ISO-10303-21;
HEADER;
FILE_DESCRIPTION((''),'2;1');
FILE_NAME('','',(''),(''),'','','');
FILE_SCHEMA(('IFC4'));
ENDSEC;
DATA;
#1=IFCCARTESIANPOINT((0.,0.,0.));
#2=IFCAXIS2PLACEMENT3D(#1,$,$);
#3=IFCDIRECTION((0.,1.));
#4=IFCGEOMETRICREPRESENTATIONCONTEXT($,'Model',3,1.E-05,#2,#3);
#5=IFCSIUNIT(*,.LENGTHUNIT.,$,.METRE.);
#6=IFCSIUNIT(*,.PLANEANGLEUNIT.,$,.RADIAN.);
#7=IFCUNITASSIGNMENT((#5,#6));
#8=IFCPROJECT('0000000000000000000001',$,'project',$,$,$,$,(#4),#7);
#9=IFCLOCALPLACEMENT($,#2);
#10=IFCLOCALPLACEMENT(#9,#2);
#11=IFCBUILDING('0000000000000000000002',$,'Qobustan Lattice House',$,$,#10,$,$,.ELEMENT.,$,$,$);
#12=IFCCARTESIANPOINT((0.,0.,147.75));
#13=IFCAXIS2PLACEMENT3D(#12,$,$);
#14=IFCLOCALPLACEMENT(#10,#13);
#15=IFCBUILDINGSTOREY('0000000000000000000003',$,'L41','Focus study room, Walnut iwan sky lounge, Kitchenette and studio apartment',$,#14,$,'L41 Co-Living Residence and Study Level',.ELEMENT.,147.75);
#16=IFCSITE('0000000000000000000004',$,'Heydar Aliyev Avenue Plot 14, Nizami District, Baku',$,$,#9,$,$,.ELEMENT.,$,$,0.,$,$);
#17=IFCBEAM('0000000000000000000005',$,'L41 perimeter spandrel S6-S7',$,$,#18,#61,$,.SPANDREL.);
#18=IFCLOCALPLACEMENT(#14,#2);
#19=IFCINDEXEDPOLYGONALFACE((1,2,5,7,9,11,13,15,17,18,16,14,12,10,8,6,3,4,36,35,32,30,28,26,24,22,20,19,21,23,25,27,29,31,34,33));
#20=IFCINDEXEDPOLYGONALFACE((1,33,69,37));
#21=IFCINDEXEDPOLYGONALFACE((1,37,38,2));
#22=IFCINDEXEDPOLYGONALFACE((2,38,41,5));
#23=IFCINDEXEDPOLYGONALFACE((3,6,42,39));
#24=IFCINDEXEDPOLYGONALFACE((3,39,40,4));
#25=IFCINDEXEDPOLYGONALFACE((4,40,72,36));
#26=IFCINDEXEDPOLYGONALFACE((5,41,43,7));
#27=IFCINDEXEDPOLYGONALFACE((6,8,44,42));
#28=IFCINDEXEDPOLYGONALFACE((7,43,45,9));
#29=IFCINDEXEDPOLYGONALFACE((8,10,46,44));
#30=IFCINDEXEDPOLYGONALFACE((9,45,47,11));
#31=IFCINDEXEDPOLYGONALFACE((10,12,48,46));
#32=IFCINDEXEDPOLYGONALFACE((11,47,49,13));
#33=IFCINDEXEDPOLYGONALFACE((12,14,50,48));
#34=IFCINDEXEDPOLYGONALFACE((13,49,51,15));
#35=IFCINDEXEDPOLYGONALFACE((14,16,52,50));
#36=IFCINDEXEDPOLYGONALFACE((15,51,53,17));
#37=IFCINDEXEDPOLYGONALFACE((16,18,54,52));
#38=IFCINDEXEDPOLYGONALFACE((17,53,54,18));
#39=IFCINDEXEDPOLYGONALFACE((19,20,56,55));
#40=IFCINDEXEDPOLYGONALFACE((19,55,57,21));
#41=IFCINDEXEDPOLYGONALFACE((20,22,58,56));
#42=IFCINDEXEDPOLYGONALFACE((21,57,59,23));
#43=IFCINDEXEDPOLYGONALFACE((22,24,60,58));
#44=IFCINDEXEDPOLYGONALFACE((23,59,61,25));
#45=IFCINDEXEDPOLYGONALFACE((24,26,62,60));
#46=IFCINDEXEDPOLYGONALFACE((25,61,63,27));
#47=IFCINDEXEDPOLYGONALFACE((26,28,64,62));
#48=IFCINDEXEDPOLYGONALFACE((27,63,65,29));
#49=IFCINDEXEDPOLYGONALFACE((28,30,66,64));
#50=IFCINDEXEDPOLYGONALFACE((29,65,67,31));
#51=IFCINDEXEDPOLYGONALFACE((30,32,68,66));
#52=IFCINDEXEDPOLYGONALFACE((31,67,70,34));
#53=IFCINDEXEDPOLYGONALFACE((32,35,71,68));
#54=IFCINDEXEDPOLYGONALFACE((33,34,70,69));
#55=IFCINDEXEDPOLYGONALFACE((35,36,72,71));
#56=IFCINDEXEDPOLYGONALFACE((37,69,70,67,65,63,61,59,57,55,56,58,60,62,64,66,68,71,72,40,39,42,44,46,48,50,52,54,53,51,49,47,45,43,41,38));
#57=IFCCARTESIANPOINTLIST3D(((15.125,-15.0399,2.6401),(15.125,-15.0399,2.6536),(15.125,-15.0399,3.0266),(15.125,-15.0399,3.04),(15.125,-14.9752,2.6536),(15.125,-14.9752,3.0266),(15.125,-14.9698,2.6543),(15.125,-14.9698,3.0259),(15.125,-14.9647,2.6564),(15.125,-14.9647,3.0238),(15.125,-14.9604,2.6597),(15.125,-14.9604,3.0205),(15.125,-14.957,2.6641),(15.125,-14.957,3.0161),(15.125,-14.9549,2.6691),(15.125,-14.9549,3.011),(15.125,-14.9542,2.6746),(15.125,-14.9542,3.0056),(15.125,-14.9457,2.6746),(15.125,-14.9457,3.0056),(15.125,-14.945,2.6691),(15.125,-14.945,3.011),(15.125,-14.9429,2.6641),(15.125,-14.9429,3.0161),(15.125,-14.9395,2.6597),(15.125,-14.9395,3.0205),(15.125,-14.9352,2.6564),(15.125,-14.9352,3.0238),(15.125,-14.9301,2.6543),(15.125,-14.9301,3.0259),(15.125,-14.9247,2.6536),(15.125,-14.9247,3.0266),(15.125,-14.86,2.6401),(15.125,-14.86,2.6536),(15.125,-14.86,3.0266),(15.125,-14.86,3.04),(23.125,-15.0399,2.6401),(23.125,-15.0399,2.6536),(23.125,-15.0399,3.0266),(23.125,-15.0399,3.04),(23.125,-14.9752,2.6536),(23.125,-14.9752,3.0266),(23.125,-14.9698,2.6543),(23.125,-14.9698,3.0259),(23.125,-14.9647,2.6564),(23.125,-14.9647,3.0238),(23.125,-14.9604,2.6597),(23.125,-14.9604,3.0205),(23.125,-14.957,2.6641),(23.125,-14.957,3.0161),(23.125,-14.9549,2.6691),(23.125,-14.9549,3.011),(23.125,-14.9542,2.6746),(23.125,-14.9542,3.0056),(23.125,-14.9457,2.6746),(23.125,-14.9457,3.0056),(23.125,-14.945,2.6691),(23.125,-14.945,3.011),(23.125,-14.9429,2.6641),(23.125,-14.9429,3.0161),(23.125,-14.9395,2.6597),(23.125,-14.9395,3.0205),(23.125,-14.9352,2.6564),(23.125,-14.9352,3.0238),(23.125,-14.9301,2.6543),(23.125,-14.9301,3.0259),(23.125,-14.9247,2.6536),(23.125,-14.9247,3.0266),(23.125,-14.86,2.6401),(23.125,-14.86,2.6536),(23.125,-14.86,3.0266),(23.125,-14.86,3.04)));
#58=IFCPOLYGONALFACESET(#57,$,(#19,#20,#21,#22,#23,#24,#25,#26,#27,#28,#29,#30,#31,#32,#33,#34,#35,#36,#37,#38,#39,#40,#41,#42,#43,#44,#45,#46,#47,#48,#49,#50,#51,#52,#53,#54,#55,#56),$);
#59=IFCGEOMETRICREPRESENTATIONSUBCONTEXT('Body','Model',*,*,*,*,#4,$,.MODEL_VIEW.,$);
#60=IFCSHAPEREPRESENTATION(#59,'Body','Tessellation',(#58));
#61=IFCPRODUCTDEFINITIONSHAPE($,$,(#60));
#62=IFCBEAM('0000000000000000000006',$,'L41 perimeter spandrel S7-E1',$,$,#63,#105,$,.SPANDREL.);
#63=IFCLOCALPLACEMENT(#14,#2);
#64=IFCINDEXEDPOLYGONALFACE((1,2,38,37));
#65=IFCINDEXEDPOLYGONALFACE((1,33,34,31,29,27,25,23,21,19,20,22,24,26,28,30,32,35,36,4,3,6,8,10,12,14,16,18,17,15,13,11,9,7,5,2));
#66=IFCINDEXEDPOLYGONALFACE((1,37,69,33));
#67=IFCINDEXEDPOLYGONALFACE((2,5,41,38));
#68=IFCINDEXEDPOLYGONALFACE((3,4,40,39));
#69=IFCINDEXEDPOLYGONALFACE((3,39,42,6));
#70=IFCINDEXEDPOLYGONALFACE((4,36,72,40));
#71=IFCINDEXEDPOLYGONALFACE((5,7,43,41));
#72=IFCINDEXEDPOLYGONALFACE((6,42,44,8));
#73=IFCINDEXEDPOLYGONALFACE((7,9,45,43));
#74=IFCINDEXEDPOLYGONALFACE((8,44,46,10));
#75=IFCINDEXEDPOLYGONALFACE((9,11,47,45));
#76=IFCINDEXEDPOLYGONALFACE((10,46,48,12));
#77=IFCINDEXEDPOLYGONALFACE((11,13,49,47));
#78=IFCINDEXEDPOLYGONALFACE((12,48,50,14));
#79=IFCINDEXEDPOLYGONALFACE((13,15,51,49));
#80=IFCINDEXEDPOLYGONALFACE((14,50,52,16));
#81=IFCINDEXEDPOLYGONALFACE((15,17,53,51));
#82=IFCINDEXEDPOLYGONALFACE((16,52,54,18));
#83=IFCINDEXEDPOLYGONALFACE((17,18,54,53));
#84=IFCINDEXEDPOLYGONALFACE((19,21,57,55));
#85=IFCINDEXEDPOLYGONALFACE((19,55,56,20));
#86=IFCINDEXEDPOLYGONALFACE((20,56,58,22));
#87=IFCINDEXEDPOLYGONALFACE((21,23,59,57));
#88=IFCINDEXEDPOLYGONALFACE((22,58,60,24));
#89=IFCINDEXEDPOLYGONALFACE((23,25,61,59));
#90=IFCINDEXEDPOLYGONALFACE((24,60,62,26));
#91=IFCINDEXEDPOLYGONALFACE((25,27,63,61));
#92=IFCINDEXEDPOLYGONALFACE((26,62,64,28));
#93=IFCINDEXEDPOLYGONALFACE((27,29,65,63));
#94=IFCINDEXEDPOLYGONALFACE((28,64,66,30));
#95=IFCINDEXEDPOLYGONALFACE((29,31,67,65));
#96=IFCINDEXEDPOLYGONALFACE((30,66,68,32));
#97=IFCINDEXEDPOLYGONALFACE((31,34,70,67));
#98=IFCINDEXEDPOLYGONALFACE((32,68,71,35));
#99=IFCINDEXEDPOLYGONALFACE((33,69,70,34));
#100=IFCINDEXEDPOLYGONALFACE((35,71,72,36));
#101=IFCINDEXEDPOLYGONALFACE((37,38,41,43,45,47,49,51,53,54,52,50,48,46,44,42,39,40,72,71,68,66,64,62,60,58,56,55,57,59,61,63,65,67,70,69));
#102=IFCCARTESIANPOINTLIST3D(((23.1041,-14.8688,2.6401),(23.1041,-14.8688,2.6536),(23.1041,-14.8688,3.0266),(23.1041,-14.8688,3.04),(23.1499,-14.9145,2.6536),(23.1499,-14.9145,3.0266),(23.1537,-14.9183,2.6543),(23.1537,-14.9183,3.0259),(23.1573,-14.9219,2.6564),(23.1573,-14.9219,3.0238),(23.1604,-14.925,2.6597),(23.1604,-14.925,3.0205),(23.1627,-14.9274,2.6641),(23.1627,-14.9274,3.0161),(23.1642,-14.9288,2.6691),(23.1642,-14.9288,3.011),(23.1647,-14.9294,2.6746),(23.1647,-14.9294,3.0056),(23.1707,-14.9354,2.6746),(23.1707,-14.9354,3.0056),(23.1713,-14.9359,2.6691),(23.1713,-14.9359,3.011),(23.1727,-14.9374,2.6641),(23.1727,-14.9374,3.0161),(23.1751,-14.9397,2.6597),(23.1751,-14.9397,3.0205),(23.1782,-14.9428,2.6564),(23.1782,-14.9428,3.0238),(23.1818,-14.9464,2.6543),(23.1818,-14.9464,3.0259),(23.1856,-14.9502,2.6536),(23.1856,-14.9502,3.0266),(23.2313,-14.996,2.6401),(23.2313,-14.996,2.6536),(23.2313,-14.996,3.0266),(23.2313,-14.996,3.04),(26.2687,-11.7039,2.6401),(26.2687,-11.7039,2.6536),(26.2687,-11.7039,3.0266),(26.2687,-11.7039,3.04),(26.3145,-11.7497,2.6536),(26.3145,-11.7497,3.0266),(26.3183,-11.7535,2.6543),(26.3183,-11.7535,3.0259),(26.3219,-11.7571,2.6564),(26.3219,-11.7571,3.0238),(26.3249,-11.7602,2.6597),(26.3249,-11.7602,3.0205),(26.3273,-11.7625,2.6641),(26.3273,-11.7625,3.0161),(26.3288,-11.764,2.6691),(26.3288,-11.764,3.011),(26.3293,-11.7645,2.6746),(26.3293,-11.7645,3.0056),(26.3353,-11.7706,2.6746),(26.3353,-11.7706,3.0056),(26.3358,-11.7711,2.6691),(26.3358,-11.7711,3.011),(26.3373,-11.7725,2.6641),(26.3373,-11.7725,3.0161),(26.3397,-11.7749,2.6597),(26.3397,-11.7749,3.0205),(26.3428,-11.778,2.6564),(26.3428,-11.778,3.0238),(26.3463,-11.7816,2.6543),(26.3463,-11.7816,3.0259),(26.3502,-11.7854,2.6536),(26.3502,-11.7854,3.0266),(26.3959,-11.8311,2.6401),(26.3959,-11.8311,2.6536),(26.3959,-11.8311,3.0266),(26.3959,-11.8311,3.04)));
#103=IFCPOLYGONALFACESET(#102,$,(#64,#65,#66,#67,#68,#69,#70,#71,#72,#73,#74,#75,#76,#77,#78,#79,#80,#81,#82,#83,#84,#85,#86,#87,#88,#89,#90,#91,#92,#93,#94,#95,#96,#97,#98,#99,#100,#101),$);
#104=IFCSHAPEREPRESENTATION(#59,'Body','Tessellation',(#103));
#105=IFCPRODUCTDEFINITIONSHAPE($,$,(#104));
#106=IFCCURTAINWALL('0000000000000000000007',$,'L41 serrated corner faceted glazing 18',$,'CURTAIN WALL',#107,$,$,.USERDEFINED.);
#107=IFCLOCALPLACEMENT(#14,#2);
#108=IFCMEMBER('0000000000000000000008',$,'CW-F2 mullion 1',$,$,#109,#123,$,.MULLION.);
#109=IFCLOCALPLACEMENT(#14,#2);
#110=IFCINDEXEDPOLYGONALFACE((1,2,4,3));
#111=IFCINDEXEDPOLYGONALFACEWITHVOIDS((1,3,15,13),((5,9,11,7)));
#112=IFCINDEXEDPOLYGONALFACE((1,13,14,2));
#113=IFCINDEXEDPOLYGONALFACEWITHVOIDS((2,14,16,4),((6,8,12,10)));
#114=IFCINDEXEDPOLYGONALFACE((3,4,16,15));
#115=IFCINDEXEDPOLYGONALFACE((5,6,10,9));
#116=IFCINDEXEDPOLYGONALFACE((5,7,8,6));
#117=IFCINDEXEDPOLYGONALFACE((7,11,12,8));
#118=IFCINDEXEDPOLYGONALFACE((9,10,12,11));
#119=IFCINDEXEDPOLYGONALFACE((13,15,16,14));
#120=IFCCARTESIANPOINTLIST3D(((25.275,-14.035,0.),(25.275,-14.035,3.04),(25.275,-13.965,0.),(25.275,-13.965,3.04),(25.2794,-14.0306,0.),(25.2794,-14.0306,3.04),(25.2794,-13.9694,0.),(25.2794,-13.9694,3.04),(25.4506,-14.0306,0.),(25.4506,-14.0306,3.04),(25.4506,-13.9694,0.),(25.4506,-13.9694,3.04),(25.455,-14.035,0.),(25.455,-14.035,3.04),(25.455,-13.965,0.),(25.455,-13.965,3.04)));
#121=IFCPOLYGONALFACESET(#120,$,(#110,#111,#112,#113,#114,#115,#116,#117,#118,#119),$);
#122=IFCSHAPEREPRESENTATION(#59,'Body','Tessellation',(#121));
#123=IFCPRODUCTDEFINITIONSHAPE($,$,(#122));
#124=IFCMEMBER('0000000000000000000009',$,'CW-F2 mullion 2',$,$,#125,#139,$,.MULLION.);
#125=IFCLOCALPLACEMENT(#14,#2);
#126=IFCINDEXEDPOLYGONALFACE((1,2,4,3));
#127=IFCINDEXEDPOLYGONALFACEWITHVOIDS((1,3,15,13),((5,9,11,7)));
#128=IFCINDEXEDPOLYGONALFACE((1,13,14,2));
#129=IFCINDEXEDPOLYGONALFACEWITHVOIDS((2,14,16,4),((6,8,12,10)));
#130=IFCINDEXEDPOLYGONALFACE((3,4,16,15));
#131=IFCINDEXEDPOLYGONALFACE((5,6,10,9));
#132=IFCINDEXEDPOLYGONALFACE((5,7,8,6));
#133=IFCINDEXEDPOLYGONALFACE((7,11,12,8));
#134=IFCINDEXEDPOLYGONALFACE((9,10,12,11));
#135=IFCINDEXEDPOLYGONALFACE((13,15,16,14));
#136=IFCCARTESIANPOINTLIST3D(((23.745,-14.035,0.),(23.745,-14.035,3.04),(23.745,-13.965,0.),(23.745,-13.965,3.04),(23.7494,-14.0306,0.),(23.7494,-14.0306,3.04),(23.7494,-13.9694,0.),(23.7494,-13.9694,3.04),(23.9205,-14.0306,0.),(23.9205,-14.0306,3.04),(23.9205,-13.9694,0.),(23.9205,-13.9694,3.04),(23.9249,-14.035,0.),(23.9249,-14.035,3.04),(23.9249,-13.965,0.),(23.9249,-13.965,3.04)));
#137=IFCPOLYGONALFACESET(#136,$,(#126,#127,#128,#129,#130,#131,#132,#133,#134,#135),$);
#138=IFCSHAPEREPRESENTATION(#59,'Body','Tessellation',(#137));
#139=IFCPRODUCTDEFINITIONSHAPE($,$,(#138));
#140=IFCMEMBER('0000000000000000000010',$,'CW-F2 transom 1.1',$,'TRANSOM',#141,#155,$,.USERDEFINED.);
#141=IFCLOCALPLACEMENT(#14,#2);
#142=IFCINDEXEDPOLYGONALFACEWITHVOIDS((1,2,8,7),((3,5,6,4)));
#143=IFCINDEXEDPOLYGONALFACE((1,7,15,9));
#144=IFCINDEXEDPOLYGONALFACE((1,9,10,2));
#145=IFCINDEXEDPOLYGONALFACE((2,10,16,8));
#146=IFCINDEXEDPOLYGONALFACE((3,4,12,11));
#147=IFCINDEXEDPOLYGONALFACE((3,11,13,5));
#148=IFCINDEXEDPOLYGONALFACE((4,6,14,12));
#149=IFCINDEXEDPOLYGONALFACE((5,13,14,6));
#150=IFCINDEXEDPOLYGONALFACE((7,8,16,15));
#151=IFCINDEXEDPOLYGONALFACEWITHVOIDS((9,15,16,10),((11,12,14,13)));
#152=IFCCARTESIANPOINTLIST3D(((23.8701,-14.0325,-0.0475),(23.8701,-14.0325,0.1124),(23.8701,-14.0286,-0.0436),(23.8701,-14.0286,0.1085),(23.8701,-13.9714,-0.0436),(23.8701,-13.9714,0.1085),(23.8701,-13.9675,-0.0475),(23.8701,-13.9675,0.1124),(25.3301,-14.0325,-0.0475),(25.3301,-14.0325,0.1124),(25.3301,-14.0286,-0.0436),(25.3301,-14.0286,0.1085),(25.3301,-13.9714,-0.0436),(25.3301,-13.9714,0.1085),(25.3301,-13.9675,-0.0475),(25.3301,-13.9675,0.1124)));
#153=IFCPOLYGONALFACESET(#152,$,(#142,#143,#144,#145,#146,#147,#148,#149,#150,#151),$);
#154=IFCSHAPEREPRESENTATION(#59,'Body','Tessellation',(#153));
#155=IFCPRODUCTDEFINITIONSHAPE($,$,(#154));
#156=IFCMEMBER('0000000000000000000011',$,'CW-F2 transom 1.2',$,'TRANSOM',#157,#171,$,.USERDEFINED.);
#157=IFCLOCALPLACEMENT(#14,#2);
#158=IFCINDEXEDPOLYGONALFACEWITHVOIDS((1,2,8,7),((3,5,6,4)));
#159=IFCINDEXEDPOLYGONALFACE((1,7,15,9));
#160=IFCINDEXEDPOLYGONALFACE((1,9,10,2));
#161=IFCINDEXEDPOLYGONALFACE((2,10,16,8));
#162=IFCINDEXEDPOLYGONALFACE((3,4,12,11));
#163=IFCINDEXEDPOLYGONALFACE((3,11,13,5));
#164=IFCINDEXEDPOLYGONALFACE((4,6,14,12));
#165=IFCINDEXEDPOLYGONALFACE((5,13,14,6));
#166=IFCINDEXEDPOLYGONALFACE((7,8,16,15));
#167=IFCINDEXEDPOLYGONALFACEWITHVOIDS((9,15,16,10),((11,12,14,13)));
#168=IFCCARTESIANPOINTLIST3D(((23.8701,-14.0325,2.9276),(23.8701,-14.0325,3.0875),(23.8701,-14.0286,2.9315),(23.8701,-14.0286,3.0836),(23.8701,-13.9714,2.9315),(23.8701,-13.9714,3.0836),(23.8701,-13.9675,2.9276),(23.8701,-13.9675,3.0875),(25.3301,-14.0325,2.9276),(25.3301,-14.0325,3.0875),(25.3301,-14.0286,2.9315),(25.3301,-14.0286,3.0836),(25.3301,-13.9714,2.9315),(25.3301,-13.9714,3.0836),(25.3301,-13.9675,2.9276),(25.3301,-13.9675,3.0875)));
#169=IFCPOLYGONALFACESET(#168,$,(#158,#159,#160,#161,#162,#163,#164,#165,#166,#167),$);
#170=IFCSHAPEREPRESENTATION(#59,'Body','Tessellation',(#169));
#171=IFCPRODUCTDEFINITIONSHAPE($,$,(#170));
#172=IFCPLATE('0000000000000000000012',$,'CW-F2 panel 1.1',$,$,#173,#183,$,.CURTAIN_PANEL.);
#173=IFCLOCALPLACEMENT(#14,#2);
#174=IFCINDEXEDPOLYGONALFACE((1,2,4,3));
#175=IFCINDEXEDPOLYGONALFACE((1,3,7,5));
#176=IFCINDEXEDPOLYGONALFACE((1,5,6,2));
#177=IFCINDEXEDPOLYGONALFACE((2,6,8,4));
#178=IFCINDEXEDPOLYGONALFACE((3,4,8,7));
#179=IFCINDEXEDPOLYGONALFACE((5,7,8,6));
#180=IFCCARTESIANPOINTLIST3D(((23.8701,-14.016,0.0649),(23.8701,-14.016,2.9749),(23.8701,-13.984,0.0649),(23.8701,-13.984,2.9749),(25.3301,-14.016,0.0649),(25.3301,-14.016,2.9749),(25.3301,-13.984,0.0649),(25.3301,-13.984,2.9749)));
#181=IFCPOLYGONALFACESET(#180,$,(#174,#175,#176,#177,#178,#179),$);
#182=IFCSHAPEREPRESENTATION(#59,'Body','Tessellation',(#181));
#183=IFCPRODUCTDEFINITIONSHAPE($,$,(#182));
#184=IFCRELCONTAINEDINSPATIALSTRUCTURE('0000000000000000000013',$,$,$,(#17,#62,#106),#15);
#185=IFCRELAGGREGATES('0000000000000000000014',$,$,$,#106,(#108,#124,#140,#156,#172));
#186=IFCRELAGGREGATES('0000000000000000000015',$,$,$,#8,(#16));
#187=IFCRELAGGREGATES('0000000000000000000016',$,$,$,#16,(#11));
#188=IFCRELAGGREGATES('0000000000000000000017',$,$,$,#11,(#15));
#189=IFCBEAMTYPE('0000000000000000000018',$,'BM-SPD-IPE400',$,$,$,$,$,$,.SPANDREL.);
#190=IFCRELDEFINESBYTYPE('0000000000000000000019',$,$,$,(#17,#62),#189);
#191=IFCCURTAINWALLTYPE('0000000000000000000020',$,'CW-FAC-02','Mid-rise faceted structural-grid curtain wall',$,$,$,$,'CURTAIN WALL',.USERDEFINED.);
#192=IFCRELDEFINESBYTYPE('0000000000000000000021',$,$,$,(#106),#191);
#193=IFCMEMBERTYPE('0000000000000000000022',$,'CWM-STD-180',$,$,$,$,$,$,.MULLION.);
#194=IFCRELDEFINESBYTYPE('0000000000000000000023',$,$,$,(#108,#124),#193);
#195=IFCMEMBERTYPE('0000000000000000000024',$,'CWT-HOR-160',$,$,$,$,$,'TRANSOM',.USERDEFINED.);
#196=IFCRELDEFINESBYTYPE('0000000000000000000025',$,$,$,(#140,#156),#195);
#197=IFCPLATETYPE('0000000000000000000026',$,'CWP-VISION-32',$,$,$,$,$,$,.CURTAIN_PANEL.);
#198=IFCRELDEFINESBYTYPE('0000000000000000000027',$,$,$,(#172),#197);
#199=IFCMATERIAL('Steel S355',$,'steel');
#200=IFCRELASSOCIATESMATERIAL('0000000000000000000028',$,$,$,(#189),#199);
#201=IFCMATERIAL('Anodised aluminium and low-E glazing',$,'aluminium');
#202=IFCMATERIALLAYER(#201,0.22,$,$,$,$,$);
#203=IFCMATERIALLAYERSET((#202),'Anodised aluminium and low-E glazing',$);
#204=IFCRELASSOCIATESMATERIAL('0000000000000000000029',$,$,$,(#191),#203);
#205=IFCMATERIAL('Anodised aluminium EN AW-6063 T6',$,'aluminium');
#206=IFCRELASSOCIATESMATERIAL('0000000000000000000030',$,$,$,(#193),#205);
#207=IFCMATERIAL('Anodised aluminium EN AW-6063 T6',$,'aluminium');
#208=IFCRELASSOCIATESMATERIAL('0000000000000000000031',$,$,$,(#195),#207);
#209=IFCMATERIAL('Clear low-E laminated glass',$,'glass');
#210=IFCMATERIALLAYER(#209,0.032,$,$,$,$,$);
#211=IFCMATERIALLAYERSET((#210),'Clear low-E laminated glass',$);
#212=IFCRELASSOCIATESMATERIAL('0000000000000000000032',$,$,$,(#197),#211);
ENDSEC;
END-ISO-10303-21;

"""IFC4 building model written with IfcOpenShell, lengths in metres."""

from ifc_helpers import new_model, si_unit, direction, frame, origin, origin_2d, place, context, subcontext, project, spatial, rectangle, hollow_rectangle, i_section, extrude, material, layer, layer_set, material_profile, profile_set, type_object, element, aggregate, save


model = new_model("IFC4")

# Units and contexts
model_context = context("Model", 3, precision=1e-05, world=origin(), true_north=direction((0.0, 1.0)))
body_context = subcontext(model_context, "Body", "Model", "MODEL_VIEW")
ifc_project = project(units=[si_unit("LENGTHUNIT", "METRE"), si_unit("PLANEANGLEUNIT", "RADIAN")], contexts=[model_context])

# Site, building, storey
site_placement = place(None, origin())
site = spatial("IfcSite", under=ifc_project, at=site_placement, Name="Heydar Aliyev Avenue Plot 14, Nizami District, Baku", CompositionType="ELEMENT", RefElevation=0.0)
building_placement = place(site_placement, origin())
building = spatial("IfcBuilding", under=site, at=building_placement, Name="Qobustan Lattice House", CompositionType="ELEMENT")
storey_placement = place(building_placement, frame((0.0, 0.0, 147.75)))
storey = spatial("IfcBuildingStorey", under=building, at=storey_placement, Name="L41", Description="Focus study room, Walnut iwan sky lounge, Kitchenette and studio apartment", LongName="L41 Co-Living Residence and Study Level", CompositionType="ELEMENT", Elevation=147.75)

# Beams
ifc_material_1 = material(Name="Steel S355", Category="steel")
ifc_material_profile_1 = material_profile(ifc_material_1, i_section(OverallWidth=0.1799, OverallDepth=0.3999, WebThickness=0.0085, FlangeThickness=0.0134, FilletRadius=0.021, at=origin_2d()), Name="IPE400")
ifc_profile_set_1 = profile_set([ifc_material_profile_1], Name="Steel S355")
beam_type_1 = type_object("IfcBeamType", Name="BM-SPD-IPE400", PredefinedType="SPANDREL", material=ifc_profile_set_1)
beam_1_placement = place(storey_placement, frame((15.125, -14.95, 2.8401), z_axis=(1.0, 0.0, 0.0), x_axis=(0.0, 1.0, 0.0)))
element("IfcBeam", 1, at=beam_1_placement, inside=storey, type_object=beam_type_1, Name="L41 perimeter spandrel S6-S7", PredefinedType="SPANDREL", context=body_context, shape_type="SweptSolid", body=[
    extrude(i_section(OverallWidth=0.1799, OverallDepth=0.3999, WebThickness=0.0085, FlangeThickness=0.0134, FilletRadius=0.021, at=origin_2d()), origin(), (0.0, 0.0, 1.0), 8.0),
])
beam_2_placement = place(storey_placement, frame((23.1677, -14.9324, 2.8401), z_axis=(0.70708, 0.707134, 0.0), x_axis=(-0.707134, 0.70708, 0.0)))
element("IfcBeam", 2, at=beam_2_placement, inside=storey, type_object=beam_type_1, Name="L41 perimeter spandrel S7-E1", PredefinedType="SPANDREL", context=body_context, shape_type="SweptSolid", body=[
    extrude(i_section(OverallWidth=0.1799, OverallDepth=0.3999, WebThickness=0.0085, FlangeThickness=0.0134, FilletRadius=0.021, at=origin_2d()), origin(), (0.0, 0.0, 1.0), 4.4756),
])

# Curtain wall, members, plate
ifc_material_2 = material(Name="Anodised aluminium and low-E glazing", Category="aluminium")
ifc_layer_1 = layer(ifc_material_2, 0.22)
ifc_layer_set_1 = layer_set([ifc_layer_1], Name="Anodised aluminium and low-E glazing")
curtain_wall_type = type_object("IfcCurtainWallType", Name="CW-FAC-02", Description="Mid-rise faceted structural-grid curtain wall", ElementType="CURTAIN WALL", PredefinedType="USERDEFINED", material=ifc_layer_set_1)
curtain_wall_placement = place(storey_placement, origin())
curtain_wall = element("IfcCurtainWall", 3, at=curtain_wall_placement, inside=storey, type_object=curtain_wall_type, Name="L41 serrated corner faceted glazing 18", ObjectType="CURTAIN WALL", PredefinedType="USERDEFINED")
ifc_material_3 = material(Name="Anodised aluminium EN AW-6063 T6", Category="aluminium")
ifc_material_profile_2 = material_profile(ifc_material_3, hollow_rectangle(XDim=0.0701, YDim=0.1799, WallThickness=0.0044, at=origin_2d()), Name="CWM-180x70")
ifc_profile_set_2 = profile_set([ifc_material_profile_2], Name="Anodised aluminium EN AW-6063 T6")
member_type_1 = type_object("IfcMemberType", Name="CWM-STD-180", PredefinedType="MULLION", material=ifc_profile_set_2)
member_1_placement = place(storey_placement, frame((25.365, -14.0, 0.0), z_axis=(0.0, 0.0, 1.0), x_axis=(0.0, -1.0, 0.0)))
member_1 = element("IfcMember", 4, at=member_1_placement, type_object=member_type_1, Name="CW-F2 mullion 1", PredefinedType="MULLION", context=body_context, shape_type="SweptSolid", body=[
    extrude(hollow_rectangle(XDim=0.0701, YDim=0.1799, WallThickness=0.0044, at=origin_2d()), origin(), (0.0, 0.0, 1.0), 3.04),
])
member_2_placement = place(storey_placement, frame((23.835, -14.0, 0.0), z_axis=(0.0, 0.0, 1.0), x_axis=(0.0, -1.0, 0.0)))
member_2 = element("IfcMember", 5, at=member_2_placement, type_object=member_type_1, Name="CW-F2 mullion 2", PredefinedType="MULLION", context=body_context, shape_type="SweptSolid", body=[
    extrude(hollow_rectangle(XDim=0.0701, YDim=0.1799, WallThickness=0.0044, at=origin_2d()), origin(), (0.0, 0.0, 1.0), 3.04),
])
ifc_material_4 = material(Name="Anodised aluminium EN AW-6063 T6", Category="aluminium")
ifc_material_profile_3 = material_profile(ifc_material_4, hollow_rectangle(XDim=0.0649, YDim=0.1599, WallThickness=0.0039, at=origin_2d()), Name="CWT-160x65")
ifc_profile_set_3 = profile_set([ifc_material_profile_3], Name="Anodised aluminium EN AW-6063 T6")
member_type_2 = type_object("IfcMemberType", Name="CWT-HOR-160", ElementType="TRANSOM", PredefinedType="USERDEFINED", material=ifc_profile_set_3)
member_3_placement = place(storey_placement, frame((25.3301, -14.0, 0.0325), z_axis=(-1.0, 0.0, 0.0), x_axis=(0.0, -1.0, 0.0)))
member_3 = element("IfcMember", 6, at=member_3_placement, type_object=member_type_2, Name="CW-F2 transom 1.1", ObjectType="TRANSOM", PredefinedType="USERDEFINED", context=body_context, shape_type="SweptSolid", body=[
    extrude(hollow_rectangle(XDim=0.0649, YDim=0.1599, WallThickness=0.0039, at=origin_2d()), origin(), (0.0, 0.0, 1.0), 1.46),
])
member_4_placement = place(storey_placement, frame((25.3301, -14.0, 3.0076), z_axis=(-1.0, 0.0, 0.0), x_axis=(0.0, -1.0, 0.0)))
member_4 = element("IfcMember", 7, at=member_4_placement, type_object=member_type_2, Name="CW-F2 transom 1.2", ObjectType="TRANSOM", PredefinedType="USERDEFINED", context=body_context, shape_type="SweptSolid", body=[
    extrude(hollow_rectangle(XDim=0.0649, YDim=0.1599, WallThickness=0.0039, at=origin_2d()), origin(), (0.0, 0.0, 1.0), 1.46),
])
ifc_material_5 = material(Name="Clear low-E laminated glass", Category="glass")
ifc_layer_2 = layer(ifc_material_5, 0.032)
ifc_layer_set_2 = layer_set([ifc_layer_2], Name="Clear low-E laminated glass")
plate_type_1 = type_object("IfcPlateType", Name="CWP-VISION-32", PredefinedType="CURTAIN_PANEL", material=ifc_layer_set_2)
plate_1_placement = place(storey_placement, frame((24.6001, -14.0, 0.0649), z_axis=(0.0, 0.0, 1.0), x_axis=(-1.0, 0.0, 0.0)))
plate_1 = element("IfcPlate", 8, at=plate_1_placement, type_object=plate_type_1, Name="CW-F2 panel 1.1", PredefinedType="CURTAIN_PANEL", context=body_context, shape_type="SweptSolid", body=[
    extrude(rectangle(XDim=1.46, YDim=0.032, at=origin_2d()), origin(), (0.0, 0.0, 1.0), 2.9099),
])
aggregate(curtain_wall, [member_1, member_2, member_3, member_4, plate_1])

save(model, "model.ifc")
